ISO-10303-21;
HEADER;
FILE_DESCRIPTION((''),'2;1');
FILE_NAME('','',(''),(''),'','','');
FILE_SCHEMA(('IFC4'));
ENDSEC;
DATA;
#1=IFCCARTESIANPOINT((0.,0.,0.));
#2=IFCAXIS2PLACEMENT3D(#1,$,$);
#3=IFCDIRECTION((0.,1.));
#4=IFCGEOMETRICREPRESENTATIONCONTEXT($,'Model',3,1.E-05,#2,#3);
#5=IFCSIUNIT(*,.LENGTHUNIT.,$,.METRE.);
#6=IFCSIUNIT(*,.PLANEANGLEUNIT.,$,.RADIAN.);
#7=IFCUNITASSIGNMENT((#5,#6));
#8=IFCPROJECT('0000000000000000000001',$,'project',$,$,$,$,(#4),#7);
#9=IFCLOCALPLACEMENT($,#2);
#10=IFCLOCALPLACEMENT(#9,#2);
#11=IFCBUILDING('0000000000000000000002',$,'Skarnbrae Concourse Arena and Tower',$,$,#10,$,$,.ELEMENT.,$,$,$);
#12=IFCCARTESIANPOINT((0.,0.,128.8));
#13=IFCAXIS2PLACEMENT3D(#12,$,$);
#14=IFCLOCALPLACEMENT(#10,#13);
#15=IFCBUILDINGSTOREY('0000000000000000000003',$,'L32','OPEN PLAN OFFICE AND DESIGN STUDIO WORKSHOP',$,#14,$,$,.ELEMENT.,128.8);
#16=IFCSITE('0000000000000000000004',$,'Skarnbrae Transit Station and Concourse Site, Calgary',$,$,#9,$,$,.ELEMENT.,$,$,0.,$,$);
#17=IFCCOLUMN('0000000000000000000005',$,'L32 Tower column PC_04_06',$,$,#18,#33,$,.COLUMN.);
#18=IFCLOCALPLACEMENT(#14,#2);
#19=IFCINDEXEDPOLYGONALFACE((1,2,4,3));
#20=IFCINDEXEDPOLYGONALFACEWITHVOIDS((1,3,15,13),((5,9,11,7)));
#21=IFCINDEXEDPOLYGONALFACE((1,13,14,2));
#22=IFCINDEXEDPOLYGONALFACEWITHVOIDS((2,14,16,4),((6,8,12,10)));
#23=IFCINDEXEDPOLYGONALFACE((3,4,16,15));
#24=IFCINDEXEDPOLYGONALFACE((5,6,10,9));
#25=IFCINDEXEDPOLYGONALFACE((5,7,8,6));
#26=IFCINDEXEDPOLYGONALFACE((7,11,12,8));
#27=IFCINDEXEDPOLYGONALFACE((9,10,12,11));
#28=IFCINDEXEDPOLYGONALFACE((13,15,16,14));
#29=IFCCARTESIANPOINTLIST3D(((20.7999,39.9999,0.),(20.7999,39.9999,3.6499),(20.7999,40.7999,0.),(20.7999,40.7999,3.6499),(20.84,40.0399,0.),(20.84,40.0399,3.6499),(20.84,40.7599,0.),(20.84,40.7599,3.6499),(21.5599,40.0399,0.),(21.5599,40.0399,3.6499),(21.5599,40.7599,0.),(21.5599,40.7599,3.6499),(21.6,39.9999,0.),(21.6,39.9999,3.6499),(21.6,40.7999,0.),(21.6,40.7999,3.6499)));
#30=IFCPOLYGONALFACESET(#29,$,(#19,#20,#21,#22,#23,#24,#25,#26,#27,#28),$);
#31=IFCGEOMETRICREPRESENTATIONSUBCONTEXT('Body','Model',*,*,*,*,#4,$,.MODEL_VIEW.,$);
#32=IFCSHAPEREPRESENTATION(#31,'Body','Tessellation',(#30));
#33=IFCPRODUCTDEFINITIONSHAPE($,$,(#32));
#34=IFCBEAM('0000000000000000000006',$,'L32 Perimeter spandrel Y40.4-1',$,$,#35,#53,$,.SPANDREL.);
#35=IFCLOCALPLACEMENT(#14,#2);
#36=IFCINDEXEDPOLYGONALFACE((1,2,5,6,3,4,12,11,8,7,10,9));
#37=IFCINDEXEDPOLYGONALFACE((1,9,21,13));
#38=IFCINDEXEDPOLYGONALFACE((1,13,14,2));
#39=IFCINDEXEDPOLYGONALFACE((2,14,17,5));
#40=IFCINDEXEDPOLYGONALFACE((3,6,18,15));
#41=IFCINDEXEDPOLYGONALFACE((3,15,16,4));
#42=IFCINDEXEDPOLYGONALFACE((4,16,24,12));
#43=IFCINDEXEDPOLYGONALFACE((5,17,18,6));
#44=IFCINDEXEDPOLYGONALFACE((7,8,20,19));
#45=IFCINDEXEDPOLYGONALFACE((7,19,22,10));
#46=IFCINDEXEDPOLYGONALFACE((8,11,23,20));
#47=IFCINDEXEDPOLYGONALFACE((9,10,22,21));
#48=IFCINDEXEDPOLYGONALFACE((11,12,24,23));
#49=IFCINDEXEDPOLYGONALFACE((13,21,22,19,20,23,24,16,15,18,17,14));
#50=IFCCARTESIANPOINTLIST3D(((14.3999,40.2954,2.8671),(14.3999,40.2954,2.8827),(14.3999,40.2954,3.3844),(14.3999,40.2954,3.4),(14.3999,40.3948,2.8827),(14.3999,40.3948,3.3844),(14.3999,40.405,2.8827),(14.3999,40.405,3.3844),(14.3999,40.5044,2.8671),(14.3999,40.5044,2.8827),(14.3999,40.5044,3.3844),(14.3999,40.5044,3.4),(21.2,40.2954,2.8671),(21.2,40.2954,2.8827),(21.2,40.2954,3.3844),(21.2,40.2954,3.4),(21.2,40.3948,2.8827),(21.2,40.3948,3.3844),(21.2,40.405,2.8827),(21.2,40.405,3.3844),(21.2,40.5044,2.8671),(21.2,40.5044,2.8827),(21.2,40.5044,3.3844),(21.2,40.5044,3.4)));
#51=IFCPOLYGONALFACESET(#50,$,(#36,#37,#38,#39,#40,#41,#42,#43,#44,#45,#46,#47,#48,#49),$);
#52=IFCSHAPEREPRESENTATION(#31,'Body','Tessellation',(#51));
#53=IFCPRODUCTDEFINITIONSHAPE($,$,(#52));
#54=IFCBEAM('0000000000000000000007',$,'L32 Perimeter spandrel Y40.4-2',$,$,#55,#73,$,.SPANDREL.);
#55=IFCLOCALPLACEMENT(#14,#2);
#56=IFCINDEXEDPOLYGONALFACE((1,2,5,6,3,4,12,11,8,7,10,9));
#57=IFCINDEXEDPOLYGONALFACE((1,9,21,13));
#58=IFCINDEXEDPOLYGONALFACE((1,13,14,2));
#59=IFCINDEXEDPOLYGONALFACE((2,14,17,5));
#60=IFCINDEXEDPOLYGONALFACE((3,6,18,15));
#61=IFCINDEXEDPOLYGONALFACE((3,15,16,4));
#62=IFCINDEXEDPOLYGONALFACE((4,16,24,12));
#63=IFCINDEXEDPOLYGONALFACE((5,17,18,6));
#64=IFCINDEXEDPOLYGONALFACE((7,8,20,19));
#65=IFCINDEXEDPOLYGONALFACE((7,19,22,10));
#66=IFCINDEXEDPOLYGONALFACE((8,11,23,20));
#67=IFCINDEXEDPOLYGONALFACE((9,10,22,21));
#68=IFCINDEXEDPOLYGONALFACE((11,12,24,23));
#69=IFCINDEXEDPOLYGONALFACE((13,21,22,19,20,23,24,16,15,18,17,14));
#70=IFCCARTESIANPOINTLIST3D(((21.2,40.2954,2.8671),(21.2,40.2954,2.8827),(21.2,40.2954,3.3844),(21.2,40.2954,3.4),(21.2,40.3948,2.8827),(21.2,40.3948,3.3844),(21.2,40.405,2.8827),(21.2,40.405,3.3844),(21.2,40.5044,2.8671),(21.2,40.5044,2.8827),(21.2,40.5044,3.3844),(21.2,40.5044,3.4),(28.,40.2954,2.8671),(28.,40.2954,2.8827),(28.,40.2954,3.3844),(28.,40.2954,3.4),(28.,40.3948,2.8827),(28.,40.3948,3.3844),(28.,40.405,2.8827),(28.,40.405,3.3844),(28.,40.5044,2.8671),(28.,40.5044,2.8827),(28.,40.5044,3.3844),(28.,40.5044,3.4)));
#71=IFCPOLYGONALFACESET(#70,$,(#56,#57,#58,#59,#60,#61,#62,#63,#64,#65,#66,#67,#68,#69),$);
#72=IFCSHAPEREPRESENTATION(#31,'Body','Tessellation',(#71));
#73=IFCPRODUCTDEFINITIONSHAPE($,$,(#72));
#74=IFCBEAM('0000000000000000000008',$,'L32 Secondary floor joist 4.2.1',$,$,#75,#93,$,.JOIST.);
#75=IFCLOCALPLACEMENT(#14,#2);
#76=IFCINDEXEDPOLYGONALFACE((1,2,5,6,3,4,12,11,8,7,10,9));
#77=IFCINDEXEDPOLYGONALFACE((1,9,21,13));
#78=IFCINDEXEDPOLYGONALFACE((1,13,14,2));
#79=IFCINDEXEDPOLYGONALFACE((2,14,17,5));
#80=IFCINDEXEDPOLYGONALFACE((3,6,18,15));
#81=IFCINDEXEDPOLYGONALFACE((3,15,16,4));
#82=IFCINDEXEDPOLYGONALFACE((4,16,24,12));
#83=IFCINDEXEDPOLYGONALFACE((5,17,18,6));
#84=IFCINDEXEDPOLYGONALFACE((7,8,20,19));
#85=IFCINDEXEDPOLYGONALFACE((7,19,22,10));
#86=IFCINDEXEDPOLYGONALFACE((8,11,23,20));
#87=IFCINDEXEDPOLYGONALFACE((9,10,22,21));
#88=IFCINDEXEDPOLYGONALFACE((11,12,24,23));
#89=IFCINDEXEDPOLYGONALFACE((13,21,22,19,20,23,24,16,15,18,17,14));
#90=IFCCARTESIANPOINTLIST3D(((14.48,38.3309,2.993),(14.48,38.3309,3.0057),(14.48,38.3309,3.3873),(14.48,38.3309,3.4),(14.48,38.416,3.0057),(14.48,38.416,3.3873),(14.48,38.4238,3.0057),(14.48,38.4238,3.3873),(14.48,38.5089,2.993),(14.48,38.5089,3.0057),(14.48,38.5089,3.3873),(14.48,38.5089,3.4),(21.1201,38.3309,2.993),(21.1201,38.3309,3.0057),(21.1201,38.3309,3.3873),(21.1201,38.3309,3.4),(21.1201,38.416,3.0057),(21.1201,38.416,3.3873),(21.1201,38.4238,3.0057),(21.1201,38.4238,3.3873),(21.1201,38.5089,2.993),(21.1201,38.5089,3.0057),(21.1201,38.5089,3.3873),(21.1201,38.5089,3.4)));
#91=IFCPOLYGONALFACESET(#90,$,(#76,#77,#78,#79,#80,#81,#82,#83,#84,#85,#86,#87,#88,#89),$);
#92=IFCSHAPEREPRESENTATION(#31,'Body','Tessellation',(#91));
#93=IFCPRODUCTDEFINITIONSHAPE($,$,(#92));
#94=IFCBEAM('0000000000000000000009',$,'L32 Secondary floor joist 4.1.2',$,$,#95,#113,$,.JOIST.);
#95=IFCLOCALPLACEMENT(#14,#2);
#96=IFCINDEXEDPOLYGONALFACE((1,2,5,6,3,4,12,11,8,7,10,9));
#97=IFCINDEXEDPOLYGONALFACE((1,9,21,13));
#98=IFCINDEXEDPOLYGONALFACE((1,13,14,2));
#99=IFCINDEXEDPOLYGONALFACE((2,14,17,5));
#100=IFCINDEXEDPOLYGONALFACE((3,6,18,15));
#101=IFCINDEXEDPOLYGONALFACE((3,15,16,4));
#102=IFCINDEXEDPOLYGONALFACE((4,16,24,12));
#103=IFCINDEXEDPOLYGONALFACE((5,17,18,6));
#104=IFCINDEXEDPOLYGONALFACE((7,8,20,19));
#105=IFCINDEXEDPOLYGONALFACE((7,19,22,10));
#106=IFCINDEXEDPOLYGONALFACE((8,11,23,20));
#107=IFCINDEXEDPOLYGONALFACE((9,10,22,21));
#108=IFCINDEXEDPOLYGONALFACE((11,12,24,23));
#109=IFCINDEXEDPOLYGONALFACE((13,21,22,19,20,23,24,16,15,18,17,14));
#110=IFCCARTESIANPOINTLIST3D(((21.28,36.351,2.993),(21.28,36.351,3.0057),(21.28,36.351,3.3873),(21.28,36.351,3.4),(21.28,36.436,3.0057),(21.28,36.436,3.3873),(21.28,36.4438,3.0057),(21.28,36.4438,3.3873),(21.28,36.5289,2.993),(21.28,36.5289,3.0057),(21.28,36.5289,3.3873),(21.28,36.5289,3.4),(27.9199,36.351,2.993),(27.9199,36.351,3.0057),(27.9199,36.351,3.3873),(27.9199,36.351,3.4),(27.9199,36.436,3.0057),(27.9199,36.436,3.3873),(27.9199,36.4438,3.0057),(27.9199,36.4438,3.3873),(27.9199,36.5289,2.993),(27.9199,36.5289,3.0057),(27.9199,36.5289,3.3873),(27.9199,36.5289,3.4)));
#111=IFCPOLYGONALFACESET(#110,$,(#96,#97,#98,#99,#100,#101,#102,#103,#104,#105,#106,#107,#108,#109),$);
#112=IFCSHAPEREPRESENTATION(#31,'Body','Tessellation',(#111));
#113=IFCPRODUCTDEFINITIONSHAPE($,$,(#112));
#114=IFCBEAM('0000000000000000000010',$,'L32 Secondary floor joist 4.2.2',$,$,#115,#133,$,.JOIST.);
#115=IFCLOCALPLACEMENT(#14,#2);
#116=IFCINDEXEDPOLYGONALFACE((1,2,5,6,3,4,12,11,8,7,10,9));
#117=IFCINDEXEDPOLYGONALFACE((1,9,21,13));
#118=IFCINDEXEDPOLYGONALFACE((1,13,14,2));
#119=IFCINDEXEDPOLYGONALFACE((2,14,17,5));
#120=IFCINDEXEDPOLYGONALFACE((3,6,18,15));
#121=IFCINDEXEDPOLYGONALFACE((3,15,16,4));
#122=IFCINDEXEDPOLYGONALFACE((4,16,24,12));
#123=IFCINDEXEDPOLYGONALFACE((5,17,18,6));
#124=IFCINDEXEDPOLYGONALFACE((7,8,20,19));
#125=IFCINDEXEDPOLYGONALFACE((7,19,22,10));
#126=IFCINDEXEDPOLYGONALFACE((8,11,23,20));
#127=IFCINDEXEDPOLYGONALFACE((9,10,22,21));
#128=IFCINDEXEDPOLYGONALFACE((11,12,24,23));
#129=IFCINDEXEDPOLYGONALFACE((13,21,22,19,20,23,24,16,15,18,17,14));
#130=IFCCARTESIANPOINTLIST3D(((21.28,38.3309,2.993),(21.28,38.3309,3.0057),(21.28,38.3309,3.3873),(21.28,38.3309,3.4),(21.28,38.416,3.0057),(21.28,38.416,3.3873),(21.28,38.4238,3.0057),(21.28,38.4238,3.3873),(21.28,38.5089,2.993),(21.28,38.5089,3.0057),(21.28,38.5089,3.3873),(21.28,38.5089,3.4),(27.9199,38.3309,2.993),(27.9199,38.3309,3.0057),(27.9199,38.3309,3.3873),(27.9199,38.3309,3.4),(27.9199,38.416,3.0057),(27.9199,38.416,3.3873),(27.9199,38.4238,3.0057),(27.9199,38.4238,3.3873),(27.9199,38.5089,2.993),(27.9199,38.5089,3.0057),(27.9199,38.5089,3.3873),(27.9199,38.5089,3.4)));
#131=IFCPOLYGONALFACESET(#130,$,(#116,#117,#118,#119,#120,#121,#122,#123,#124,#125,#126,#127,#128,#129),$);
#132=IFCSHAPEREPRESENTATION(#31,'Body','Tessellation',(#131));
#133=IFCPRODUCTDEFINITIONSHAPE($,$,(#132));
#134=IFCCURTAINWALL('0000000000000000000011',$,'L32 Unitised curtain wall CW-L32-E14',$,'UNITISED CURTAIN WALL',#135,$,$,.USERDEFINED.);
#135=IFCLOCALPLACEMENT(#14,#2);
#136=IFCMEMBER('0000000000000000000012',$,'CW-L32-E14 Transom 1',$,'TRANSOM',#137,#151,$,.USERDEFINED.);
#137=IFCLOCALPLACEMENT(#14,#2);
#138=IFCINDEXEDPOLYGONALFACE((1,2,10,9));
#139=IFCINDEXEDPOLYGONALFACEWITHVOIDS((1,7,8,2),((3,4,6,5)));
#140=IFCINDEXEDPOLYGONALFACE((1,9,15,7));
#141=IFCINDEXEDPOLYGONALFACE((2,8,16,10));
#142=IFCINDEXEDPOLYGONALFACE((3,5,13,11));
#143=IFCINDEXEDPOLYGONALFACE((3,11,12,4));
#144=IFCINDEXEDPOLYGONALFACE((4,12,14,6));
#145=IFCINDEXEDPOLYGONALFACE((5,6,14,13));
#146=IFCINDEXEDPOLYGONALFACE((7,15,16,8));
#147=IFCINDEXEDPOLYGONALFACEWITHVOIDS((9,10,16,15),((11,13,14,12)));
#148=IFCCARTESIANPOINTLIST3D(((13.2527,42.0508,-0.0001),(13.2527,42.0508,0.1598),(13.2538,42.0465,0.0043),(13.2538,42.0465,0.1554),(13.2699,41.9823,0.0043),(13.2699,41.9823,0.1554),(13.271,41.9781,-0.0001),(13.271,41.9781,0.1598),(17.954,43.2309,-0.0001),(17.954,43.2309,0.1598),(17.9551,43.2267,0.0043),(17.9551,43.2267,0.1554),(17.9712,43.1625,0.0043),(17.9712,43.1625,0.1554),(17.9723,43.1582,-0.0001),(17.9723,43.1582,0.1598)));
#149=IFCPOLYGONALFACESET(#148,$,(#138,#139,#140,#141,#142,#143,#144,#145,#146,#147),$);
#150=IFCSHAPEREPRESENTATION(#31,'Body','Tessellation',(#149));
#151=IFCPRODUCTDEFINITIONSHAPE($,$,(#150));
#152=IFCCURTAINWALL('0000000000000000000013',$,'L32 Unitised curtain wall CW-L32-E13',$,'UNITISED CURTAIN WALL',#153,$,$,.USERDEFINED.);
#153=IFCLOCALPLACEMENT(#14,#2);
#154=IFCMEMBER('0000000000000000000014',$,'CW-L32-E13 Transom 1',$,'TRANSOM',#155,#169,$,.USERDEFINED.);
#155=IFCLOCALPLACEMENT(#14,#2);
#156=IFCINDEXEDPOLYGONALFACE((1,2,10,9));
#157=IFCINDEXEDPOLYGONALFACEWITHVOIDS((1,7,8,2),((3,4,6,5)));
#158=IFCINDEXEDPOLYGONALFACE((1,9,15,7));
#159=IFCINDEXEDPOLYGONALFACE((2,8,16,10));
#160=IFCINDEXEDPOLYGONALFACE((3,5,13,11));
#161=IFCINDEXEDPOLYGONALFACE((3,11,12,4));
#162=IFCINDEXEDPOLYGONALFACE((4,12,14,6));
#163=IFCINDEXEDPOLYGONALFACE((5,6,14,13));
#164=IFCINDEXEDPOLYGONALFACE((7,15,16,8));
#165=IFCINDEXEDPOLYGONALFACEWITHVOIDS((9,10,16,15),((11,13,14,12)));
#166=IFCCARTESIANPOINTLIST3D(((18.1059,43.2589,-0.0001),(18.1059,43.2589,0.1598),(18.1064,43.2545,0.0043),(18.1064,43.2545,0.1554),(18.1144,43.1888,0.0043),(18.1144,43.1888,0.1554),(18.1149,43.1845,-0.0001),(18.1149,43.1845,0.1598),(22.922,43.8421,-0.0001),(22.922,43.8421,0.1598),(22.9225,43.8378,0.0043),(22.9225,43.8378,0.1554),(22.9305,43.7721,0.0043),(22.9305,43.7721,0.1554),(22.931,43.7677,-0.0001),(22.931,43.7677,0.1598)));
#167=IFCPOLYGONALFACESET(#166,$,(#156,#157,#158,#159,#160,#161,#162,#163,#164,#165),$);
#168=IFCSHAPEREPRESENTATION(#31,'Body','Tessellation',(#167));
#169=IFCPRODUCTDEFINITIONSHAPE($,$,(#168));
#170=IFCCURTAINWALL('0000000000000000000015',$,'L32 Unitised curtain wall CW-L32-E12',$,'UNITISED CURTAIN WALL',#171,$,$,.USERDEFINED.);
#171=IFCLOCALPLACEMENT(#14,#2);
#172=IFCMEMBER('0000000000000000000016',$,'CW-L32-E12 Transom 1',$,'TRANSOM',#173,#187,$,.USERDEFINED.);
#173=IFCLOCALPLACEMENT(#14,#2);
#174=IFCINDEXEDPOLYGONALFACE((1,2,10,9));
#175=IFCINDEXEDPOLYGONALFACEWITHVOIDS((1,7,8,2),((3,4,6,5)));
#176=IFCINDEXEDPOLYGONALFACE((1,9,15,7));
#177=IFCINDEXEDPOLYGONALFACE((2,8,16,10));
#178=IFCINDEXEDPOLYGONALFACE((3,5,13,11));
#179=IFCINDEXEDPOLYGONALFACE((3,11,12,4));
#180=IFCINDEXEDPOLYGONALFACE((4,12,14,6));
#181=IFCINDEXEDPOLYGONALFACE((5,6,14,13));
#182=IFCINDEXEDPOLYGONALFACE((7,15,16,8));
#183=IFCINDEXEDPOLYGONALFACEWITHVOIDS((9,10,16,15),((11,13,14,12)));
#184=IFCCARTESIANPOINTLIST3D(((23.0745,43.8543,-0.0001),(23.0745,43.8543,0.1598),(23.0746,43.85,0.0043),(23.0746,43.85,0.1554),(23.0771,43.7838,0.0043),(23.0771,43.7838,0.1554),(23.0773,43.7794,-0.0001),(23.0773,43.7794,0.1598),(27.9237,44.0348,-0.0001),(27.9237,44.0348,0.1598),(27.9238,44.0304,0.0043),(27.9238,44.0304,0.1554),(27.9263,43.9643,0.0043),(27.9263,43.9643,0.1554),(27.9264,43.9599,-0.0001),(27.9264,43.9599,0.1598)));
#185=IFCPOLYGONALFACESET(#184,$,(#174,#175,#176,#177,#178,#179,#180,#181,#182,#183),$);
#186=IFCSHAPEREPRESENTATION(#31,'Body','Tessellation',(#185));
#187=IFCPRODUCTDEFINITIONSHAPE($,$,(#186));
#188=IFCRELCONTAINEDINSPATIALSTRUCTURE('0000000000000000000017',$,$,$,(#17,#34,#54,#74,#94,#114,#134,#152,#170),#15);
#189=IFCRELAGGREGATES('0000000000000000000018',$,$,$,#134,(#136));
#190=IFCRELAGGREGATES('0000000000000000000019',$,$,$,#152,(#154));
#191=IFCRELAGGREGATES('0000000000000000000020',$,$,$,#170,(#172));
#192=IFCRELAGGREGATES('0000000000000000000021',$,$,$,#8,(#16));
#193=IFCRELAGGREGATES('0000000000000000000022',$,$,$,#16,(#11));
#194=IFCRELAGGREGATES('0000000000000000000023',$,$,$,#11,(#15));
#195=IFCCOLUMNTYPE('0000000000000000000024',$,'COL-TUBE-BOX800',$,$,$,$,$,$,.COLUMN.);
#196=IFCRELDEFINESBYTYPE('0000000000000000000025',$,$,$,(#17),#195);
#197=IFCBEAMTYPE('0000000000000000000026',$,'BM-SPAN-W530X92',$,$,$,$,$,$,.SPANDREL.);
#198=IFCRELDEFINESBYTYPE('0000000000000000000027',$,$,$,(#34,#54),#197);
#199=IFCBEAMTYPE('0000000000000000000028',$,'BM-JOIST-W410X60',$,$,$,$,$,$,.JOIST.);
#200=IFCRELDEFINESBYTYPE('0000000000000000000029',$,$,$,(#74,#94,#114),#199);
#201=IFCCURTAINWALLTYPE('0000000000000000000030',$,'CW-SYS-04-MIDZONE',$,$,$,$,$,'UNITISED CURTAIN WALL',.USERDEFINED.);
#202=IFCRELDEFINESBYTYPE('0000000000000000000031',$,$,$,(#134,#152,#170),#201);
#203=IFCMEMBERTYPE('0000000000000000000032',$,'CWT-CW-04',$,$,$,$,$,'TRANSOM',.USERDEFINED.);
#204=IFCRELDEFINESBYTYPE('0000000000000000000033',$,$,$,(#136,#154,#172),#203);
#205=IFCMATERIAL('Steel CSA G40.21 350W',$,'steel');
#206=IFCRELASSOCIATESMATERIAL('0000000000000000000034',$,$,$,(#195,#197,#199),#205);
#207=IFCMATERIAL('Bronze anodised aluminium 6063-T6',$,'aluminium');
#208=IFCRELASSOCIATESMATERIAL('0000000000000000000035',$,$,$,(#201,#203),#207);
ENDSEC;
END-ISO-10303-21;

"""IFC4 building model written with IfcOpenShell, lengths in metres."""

from ifc_helpers import new_model, si_unit, direction, frame, origin, origin_2d, place, context, subcontext, project, spatial, hollow_rectangle, i_section, extrude, source, transform, mapped, material, material_profile, profile_set, type_object, element, aggregate, save


model = new_model("IFC4")

# Units and contexts
model_context = context("Model", 3, precision=1e-05, world=origin(), true_north=direction((0.0, 1.0)))
body_context = subcontext(model_context, "Body", "Model", "MODEL_VIEW")
ifc_project = project(units=[si_unit("LENGTHUNIT", "METRE"), si_unit("PLANEANGLEUNIT", "RADIAN")], contexts=[model_context])

# Site, building, storey
site_placement = place(None, origin())
site = spatial("IfcSite", under=ifc_project, at=site_placement, Name="Skarnbrae Transit Station and Concourse Site, Calgary", CompositionType="ELEMENT", RefElevation=0.0)
building_placement = place(site_placement, origin())
building = spatial("IfcBuilding", under=site, at=building_placement, Name="Skarnbrae Concourse Arena and Tower", CompositionType="ELEMENT")
storey_placement = place(building_placement, frame((0.0, 0.0, 128.8)))
storey = spatial("IfcBuildingStorey", under=building, at=storey_placement, Name="L32", Description="OPEN PLAN OFFICE AND DESIGN STUDIO WORKSHOP", CompositionType="ELEMENT", Elevation=128.8)

# Column
ifc_material_1 = material(Name="Steel CSA G40.21 350W", Category="steel")
ifc_material_profile_1 = material_profile(ifc_material_1, hollow_rectangle(XDim=0.8, YDim=0.8, WallThickness=0.04, at=origin_2d()), Name="BOX800X800X40")
ifc_profile_set_1 = profile_set([ifc_material_profile_1], Name="Steel CSA G40.21 350W")
column_type = type_object("IfcColumnType", Name="COL-TUBE-BOX800", PredefinedType="COLUMN", material=ifc_profile_set_1)
shared_shape_1 = source(origin(), body_context, "Body", "SweptSolid", [
    extrude(hollow_rectangle(XDim=0.8, YDim=0.8, WallThickness=0.04, at=origin_2d()), origin(), (0.0, 0.0, 1.0), 3.6499),
])
column_placement = place(storey_placement, frame((21.2, 40.3999, 0.0), z_axis=(0.0, 0.0, 1.0), x_axis=(1.0, 0.0, 0.0)))
element("IfcColumn", 1, at=column_placement, inside=storey, type_object=column_type, Name="L32 Tower column PC_04_06", PredefinedType="COLUMN", context=body_context, shape_type="MappedRepresentation", body=[
    mapped(shared_shape_1, transform((0.0, 0.0, 0.0))),
])

# Beams
ifc_material_profile_2 = material_profile(ifc_material_1, i_section(OverallWidth=0.209, OverallDepth=0.533, WebThickness=0.0103, FlangeThickness=0.0156, at=origin_2d()), Name="W530X92")
ifc_profile_set_2 = profile_set([ifc_material_profile_2], Name="Steel CSA G40.21 350W")
beam_type_1 = type_object("IfcBeamType", Name="BM-SPAN-W530X92", PredefinedType="SPANDREL", material=ifc_profile_set_2)
shared_shape_2 = source(origin(), body_context, "Body", "SweptSolid", [
    extrude(i_section(OverallWidth=0.209, OverallDepth=0.533, WebThickness=0.0103, FlangeThickness=0.0156, at=origin_2d()), origin(), (0.0, 0.0, 1.0), 6.8),
])
for number, where, z_axis, x_axis, name in (
    (2, (14.3999, 40.3999, 3.1335), (1.0, 0.0, 0.0), (0.0, 1.0, 0.0), "L32 Perimeter spandrel Y40.4-1"),
    (3, (21.2, 40.3999, 3.1335), (1.0, 0.0, 0.0), (0.0, 1.0, 0.0), "L32 Perimeter spandrel Y40.4-2"),
):
    element("IfcBeam", number, at=place(storey_placement, frame(where, z_axis=z_axis, x_axis=x_axis)), inside=storey, type_object=beam_type_1, Name=name, PredefinedType="SPANDREL", context=body_context, shape_type="MappedRepresentation", body=[
        mapped(shared_shape_2, transform((0.0, 0.0, 0.0))),
    ])
ifc_material_profile_3 = material_profile(ifc_material_1, i_section(OverallWidth=0.178, OverallDepth=0.407, WebThickness=0.0078, FlangeThickness=0.0127, at=origin_2d()), Name="W410X60")
ifc_profile_set_3 = profile_set([ifc_material_profile_3], Name="Steel CSA G40.21 350W")
beam_type_2 = type_object("IfcBeamType", Name="BM-JOIST-W410X60", PredefinedType="JOIST", material=ifc_profile_set_3)
shared_shape_3 = source(origin(), body_context, "Body", "SweptSolid", [
    extrude(i_section(OverallWidth=0.178, OverallDepth=0.407, WebThickness=0.0078, FlangeThickness=0.0127, at=origin_2d()), origin(), (0.0, 0.0, 1.0), 6.6401),
])
beam_placement = place(storey_placement, frame((14.48, 38.4199, 3.1965), z_axis=(1.0, 0.0, 0.0), x_axis=(0.0, 1.0, 0.0)))
element("IfcBeam", 4, at=beam_placement, inside=storey, type_object=beam_type_2, Name="L32 Secondary floor joist 4.2.1", PredefinedType="JOIST", context=body_context, shape_type="MappedRepresentation", body=[
    mapped(shared_shape_3, transform((0.0, 0.0, 0.0))),
])
shared_shape_4 = source(origin(), body_context, "Body", "SweptSolid", [
    extrude(i_section(OverallWidth=0.178, OverallDepth=0.407, WebThickness=0.0078, FlangeThickness=0.0127, at=origin_2d()), origin(), (0.0, 0.0, 1.0), 6.6399),
])
for number, where, z_axis, x_axis, name in (
    (5, (21.28, 36.4399, 3.1965), (1.0, 0.0, 0.0), (0.0, 1.0, 0.0), "L32 Secondary floor joist 4.1.2"),
    (6, (21.28, 38.4199, 3.1965), (1.0, 0.0, 0.0), (0.0, 1.0, 0.0), "L32 Secondary floor joist 4.2.2"),
):
    element("IfcBeam", number, at=place(storey_placement, frame(where, z_axis=z_axis, x_axis=x_axis)), inside=storey, type_object=beam_type_2, Name=name, PredefinedType="JOIST", context=body_context, shape_type="MappedRepresentation", body=[
        mapped(shared_shape_4, transform((0.0, 0.0, 0.0))),
    ])

# Curtain walls, members
ifc_material_2 = material(Name="Bronze anodised aluminium 6063-T6", Category="aluminium")
curtain_wall_type = type_object("IfcCurtainWallType", Name="CW-SYS-04-MIDZONE", ElementType="UNITISED CURTAIN WALL", PredefinedType="USERDEFINED", material=ifc_material_2)
curtain_wall_1_placement = place(storey_placement, origin())
curtain_wall_1 = element("IfcCurtainWall", 7, at=curtain_wall_1_placement, inside=storey, type_object=curtain_wall_type, Name="L32 Unitised curtain wall CW-L32-E14", ObjectType="UNITISED CURTAIN WALL", PredefinedType="USERDEFINED")
ifc_material_profile_4 = material_profile(ifc_material_2, hollow_rectangle(XDim=0.075, YDim=0.1599, WallThickness=0.0044, at=origin_2d()), Name="ALU-TRAN-75X160")
ifc_profile_set_4 = profile_set([ifc_material_profile_4], Name="Bronze anodised aluminium 6063-T6")
member_type_1 = type_object("IfcMemberType", Name="CWT-CW-04", ElementType="TRANSOM", PredefinedType="USERDEFINED", material=ifc_profile_set_4)
shared_shape_5 = source(origin(), body_context, "Body", "SweptSolid", [
    extrude(hollow_rectangle(XDim=0.075, YDim=0.1599, WallThickness=0.0044, at=origin_2d()), origin(), (0.0, 0.0, 1.0), 4.8472),
])
member_1_placement = place(storey_placement, frame((17.9631, 43.1946, 0.0798), z_axis=(-0.969908, -0.243472, 0.0), x_axis=(0.243472, -0.969908, 0.0)))
member_1 = element("IfcMember", 8, at=member_1_placement, type_object=member_type_1, Name="CW-L32-E14 Transom 1", ObjectType="TRANSOM", PredefinedType="USERDEFINED", context=body_context, shape_type="MappedRepresentation", body=[
    mapped(shared_shape_5, transform((0.0, 0.0, 0.0))),
])
curtain_wall_2_placement = place(storey_placement, origin())
curtain_wall_2 = element("IfcCurtainWall", 9, at=curtain_wall_2_placement, inside=storey, type_object=curtain_wall_type, Name="L32 Unitised curtain wall CW-L32-E13", ObjectType="UNITISED CURTAIN WALL", PredefinedType="USERDEFINED")
shared_shape_6 = source(origin(), body_context, "Body", "SweptSolid", [
    extrude(hollow_rectangle(XDim=0.075, YDim=0.1599, WallThickness=0.0044, at=origin_2d()), origin(), (0.0, 0.0, 1.0), 4.8513),
])
member_2_placement = place(storey_placement, frame((22.9265, 43.8049, 0.0798), z_axis=(-0.992747, -0.120225, 0.0), x_axis=(0.120225, -0.992747, 0.0)))
member_2 = element("IfcMember", 10, at=member_2_placement, type_object=member_type_1, Name="CW-L32-E13 Transom 1", ObjectType="TRANSOM", PredefinedType="USERDEFINED", context=body_context, shape_type="MappedRepresentation", body=[
    mapped(shared_shape_6, transform((0.0, 0.0, 0.0))),
])

# Curtain wall, member
curtain_wall_3_placement = place(storey_placement, origin())
curtain_wall_3 = element("IfcCurtainWall", 11, at=curtain_wall_3_placement, inside=storey, type_object=curtain_wall_type, Name="L32 Unitised curtain wall CW-L32-E12", ObjectType="UNITISED CURTAIN WALL", PredefinedType="USERDEFINED")
shared_shape_7 = source(origin(), body_context, "Body", "SweptSolid", [
    extrude(hollow_rectangle(XDim=0.075, YDim=0.1599, WallThickness=0.0044, at=origin_2d()), origin(), (0.0, 0.0, 1.0), 4.8525),
])
member_3_placement = place(storey_placement, frame((27.925, 43.9973, 0.0798), z_axis=(-0.999309, -0.037181, 0.0), x_axis=(0.037181, -0.999309, 0.0)))
member_3 = element("IfcMember", 12, at=member_3_placement, type_object=member_type_1, Name="CW-L32-E12 Transom 1", ObjectType="TRANSOM", PredefinedType="USERDEFINED", context=body_context, shape_type="MappedRepresentation", body=[
    mapped(shared_shape_7, transform((0.0, 0.0, 0.0))),
])

aggregate(curtain_wall_1, [member_1])
aggregate(curtain_wall_2, [member_2])
aggregate(curtain_wall_3, [member_3])

save(model, "model.ifc")
